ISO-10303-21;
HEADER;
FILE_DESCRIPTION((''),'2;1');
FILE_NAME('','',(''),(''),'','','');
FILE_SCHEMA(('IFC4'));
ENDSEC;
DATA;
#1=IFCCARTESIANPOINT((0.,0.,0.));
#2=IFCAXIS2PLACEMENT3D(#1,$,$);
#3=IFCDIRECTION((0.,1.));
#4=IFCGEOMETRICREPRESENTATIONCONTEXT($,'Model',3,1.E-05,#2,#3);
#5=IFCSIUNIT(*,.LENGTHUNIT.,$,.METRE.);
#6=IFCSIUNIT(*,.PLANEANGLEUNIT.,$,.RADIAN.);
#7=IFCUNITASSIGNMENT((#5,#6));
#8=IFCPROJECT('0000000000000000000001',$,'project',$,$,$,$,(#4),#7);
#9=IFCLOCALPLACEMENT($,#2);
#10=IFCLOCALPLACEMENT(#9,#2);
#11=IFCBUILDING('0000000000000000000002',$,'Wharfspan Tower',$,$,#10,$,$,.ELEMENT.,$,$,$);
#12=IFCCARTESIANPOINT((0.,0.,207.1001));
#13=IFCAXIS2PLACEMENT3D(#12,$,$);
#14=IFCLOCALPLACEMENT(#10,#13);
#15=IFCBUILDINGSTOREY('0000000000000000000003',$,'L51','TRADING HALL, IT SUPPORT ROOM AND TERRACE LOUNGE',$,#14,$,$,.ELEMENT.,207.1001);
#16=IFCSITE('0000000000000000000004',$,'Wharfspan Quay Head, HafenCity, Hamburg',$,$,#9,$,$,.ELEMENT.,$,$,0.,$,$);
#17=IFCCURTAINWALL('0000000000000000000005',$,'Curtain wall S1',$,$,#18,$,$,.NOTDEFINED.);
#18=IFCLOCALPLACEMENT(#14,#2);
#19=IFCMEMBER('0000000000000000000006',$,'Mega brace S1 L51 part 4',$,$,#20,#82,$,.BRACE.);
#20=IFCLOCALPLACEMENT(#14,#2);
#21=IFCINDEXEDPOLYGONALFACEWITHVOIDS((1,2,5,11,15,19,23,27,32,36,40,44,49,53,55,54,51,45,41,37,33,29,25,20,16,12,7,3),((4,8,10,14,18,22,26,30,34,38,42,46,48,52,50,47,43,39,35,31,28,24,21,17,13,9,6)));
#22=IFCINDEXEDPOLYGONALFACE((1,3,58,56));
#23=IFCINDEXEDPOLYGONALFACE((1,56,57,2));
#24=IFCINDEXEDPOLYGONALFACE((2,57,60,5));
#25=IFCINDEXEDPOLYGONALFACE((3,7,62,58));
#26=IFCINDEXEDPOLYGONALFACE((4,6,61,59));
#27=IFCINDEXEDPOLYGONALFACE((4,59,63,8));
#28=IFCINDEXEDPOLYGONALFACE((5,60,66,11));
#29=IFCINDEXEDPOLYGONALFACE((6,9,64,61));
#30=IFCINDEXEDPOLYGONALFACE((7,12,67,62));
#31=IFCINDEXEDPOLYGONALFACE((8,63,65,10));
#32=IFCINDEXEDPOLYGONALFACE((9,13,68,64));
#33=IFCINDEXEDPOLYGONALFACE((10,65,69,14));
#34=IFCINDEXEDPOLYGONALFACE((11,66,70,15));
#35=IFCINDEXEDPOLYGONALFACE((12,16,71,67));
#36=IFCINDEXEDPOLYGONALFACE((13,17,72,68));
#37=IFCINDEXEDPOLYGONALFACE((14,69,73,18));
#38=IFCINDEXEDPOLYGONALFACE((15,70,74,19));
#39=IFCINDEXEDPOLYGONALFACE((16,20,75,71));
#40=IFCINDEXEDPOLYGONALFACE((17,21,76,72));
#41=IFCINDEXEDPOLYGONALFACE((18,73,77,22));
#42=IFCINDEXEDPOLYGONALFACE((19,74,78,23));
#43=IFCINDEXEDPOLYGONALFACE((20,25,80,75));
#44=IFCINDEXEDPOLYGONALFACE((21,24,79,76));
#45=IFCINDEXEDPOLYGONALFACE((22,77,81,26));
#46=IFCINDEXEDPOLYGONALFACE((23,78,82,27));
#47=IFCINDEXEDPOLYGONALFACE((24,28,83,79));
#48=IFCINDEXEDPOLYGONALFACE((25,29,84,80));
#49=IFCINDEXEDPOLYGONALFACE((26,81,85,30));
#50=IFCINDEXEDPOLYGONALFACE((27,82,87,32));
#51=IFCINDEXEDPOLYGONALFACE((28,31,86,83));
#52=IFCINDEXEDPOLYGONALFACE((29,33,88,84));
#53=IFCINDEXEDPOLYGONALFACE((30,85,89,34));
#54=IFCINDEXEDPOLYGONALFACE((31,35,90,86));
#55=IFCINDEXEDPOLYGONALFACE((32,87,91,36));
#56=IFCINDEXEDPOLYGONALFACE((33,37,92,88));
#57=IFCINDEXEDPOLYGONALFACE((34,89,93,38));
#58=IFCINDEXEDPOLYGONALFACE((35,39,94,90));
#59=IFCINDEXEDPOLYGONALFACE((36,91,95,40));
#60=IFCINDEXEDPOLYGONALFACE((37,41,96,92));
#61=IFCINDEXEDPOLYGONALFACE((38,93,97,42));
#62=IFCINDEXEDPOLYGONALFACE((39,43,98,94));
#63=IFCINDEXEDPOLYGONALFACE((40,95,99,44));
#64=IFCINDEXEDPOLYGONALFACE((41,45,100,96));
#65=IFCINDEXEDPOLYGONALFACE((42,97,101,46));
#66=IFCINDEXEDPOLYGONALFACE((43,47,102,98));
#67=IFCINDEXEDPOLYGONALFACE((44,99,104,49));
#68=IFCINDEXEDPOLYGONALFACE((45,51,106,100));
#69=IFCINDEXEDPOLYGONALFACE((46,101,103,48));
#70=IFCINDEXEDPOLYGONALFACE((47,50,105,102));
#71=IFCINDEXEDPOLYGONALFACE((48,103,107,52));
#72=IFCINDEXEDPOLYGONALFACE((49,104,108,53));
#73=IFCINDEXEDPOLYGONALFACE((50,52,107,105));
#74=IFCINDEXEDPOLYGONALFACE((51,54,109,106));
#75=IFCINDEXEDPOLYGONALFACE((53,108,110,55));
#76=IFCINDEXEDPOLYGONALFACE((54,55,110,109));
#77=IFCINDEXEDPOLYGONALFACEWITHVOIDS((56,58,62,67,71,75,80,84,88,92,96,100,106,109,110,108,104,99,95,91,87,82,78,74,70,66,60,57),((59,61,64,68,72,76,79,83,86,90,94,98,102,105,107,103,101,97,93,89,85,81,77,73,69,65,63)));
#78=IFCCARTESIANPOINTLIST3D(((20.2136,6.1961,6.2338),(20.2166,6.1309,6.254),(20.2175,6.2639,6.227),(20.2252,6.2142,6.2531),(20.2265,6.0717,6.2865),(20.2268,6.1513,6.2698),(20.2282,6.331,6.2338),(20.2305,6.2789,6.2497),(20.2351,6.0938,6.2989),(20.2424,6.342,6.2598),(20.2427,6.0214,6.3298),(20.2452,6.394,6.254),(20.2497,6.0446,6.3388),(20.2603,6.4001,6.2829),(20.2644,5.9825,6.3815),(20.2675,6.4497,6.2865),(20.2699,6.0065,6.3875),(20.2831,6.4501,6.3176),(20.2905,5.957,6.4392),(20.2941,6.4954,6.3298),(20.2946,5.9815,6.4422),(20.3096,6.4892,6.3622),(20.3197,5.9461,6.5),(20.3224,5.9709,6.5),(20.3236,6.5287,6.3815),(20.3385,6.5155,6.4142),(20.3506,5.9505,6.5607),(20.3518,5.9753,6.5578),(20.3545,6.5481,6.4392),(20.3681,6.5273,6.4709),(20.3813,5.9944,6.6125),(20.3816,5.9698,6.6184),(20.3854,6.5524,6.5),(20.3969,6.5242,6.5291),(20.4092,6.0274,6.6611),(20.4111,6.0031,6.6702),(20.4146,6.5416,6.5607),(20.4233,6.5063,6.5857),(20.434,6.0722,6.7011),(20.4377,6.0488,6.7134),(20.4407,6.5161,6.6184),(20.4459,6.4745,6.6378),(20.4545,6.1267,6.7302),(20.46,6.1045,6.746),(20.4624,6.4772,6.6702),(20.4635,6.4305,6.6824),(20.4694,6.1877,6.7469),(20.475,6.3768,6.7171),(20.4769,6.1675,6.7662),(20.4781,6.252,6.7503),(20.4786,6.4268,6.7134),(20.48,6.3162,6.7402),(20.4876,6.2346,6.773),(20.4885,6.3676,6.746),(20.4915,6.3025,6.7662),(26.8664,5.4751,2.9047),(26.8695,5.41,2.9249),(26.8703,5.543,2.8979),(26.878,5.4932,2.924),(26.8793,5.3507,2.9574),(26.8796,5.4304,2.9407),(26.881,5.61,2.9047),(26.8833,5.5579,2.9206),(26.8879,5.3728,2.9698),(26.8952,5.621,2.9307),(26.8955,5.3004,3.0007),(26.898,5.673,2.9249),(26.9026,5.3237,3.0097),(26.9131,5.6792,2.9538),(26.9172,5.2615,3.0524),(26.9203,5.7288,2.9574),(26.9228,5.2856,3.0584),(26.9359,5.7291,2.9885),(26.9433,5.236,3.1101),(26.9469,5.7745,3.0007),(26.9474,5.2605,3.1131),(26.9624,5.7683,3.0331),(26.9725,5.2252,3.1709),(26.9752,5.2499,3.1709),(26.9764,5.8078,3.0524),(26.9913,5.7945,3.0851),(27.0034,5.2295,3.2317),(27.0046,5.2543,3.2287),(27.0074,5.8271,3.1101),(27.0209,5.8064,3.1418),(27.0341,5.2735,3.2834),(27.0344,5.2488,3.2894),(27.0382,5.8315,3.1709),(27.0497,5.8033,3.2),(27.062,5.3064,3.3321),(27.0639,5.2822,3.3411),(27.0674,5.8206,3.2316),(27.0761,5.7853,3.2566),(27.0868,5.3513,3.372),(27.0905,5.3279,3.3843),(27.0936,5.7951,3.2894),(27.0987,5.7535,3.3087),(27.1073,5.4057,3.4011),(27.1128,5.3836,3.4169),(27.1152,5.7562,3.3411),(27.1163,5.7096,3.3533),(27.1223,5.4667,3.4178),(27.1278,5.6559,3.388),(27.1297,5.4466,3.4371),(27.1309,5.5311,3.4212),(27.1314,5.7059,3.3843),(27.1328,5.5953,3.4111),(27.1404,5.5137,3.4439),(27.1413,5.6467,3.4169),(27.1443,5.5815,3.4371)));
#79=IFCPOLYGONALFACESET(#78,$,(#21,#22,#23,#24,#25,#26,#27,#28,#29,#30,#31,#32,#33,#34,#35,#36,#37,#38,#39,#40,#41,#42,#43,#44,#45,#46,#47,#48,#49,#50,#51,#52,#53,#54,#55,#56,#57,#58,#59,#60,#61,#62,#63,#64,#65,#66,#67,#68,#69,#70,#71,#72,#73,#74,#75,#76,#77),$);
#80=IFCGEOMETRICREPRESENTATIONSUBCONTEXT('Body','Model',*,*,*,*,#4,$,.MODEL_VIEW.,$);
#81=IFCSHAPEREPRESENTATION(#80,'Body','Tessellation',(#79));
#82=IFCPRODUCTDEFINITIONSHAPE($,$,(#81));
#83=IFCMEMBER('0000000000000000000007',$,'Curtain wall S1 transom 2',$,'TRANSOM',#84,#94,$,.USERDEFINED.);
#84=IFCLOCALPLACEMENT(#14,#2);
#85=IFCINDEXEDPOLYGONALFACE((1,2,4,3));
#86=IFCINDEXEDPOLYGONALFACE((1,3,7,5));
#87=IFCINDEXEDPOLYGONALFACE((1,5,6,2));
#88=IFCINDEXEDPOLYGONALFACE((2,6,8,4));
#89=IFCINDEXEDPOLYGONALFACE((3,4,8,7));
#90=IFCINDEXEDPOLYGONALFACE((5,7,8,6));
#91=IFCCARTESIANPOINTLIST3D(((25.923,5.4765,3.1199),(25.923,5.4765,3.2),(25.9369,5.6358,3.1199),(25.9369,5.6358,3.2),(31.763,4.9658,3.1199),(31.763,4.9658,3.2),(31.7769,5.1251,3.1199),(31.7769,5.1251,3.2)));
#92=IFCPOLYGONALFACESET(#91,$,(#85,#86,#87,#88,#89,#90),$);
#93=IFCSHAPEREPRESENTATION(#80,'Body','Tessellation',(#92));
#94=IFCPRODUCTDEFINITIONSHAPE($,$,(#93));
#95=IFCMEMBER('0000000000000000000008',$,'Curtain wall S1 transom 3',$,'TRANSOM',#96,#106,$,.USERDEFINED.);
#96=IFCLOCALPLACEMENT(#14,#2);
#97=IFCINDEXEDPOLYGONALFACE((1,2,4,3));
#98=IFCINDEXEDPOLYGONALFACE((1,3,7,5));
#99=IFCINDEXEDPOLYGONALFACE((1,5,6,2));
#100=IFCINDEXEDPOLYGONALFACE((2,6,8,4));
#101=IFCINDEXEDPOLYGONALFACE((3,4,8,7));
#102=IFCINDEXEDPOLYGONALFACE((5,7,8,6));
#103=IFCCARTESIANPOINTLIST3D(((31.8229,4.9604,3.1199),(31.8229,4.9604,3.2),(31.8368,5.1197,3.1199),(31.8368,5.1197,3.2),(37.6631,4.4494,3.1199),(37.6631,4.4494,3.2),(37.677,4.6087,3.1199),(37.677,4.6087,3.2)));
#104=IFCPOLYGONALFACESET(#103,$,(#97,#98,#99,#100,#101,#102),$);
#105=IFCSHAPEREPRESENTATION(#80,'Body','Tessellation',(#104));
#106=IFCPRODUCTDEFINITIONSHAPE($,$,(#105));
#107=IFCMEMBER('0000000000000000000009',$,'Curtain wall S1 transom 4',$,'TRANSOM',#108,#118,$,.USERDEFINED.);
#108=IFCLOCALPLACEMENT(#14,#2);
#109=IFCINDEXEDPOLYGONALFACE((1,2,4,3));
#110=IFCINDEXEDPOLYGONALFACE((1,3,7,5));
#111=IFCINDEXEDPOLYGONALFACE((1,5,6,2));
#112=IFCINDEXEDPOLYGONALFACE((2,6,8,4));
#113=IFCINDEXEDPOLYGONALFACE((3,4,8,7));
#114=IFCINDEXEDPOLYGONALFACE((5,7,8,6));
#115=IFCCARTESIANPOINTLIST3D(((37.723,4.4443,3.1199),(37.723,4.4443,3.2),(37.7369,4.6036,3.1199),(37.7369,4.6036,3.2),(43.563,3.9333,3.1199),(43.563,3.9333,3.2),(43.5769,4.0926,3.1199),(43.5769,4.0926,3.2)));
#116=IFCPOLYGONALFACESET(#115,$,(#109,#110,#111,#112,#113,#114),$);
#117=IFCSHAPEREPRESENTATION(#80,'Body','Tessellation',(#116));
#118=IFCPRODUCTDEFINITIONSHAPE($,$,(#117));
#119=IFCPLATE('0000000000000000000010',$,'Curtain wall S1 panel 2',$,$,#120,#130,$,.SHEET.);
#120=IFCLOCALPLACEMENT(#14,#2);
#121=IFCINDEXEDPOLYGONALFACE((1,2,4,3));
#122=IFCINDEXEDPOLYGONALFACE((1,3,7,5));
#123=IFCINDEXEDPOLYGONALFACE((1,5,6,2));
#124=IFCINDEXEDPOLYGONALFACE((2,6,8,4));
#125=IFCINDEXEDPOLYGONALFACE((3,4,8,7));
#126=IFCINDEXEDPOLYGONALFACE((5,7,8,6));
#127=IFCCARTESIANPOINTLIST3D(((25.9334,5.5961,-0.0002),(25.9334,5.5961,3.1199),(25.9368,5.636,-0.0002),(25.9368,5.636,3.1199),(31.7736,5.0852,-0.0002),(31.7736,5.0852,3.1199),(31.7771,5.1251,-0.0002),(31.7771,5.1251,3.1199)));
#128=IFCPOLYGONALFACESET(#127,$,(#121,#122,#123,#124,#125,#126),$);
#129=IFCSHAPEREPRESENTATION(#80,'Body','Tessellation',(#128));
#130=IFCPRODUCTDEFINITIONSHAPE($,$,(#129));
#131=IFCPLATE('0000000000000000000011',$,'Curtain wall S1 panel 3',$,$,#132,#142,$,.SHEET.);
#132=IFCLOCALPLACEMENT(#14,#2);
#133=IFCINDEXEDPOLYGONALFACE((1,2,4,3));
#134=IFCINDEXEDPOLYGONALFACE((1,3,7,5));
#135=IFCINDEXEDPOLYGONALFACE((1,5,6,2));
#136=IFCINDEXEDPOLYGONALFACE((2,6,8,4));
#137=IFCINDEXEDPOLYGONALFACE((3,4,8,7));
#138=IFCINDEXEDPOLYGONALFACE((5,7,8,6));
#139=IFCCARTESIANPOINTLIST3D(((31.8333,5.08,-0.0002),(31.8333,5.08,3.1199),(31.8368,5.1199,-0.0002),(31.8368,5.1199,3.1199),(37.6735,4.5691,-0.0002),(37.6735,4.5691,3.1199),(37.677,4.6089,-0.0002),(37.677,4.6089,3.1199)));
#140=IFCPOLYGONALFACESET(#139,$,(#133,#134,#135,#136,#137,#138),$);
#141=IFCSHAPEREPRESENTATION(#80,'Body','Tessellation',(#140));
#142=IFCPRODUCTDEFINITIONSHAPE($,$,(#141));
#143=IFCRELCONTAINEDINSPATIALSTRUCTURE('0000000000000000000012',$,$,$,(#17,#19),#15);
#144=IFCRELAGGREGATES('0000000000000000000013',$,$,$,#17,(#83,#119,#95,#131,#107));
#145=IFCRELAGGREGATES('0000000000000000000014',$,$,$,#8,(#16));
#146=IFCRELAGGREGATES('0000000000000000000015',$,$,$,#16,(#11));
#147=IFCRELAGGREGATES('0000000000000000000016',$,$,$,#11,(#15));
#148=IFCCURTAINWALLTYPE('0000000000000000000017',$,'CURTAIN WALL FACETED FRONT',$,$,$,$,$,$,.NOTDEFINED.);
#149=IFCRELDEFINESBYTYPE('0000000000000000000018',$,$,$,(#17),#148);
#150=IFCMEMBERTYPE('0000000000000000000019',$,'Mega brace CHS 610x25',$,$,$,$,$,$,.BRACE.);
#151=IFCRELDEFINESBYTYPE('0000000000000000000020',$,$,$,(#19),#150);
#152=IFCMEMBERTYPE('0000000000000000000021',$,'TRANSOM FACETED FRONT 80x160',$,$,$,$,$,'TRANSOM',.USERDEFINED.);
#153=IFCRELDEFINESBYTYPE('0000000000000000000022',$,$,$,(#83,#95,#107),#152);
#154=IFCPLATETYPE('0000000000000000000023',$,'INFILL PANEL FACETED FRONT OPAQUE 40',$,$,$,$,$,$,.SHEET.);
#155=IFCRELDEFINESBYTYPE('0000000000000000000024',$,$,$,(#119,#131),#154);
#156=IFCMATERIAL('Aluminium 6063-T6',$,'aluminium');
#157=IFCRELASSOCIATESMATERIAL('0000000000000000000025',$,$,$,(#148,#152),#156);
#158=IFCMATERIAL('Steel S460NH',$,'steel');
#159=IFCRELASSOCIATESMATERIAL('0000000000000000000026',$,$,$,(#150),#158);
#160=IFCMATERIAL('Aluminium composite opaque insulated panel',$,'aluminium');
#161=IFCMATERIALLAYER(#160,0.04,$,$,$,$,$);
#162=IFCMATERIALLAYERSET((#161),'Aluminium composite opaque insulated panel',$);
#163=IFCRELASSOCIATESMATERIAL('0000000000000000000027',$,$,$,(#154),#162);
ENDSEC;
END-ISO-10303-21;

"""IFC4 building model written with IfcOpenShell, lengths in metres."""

from ifc_helpers import new_model, si_unit, direction, frame, origin, origin_2d, place, context, subcontext, project, spatial, rectangle, hollow_circle, extrude, material, layer, layer_set, material_profile, profile_set, type_object, element, aggregate, save


model = new_model("IFC4")

# Units and contexts
model_context = context("Model", 3, precision=1e-05, world=origin(), true_north=direction((0.0, 1.0)))
body_context = subcontext(model_context, "Body", "Model", "MODEL_VIEW")
ifc_project = project(units=[si_unit("LENGTHUNIT", "METRE"), si_unit("PLANEANGLEUNIT", "RADIAN")], contexts=[model_context])

# Site, building, storey
site_placement = place(None, origin())
site = spatial("IfcSite", under=ifc_project, at=site_placement, Name="Wharfspan Quay Head, HafenCity, Hamburg", CompositionType="ELEMENT", RefElevation=0.0)
building_placement = place(site_placement, origin())
building = spatial("IfcBuilding", under=site, at=building_placement, Name="Wharfspan Tower", CompositionType="ELEMENT")
storey_placement = place(building_placement, frame((0.0, 0.0, 207.1001)))
storey = spatial("IfcBuildingStorey", under=building, at=storey_placement, Name="L51", Description="TRADING HALL, IT SUPPORT ROOM AND TERRACE LOUNGE", CompositionType="ELEMENT", Elevation=207.1001)

# Shared definitions
ifc_material_1 = material(Name="Steel S460NH", Category="steel")

# Curtain wall
ifc_material_2 = material(Name="Aluminium 6063-T6", Category="aluminium")
curtain_wall_type = type_object("IfcCurtainWallType", Name="CURTAIN WALL FACETED FRONT", PredefinedType="NOTDEFINED", material=ifc_material_2)
curtain_wall_placement = place(storey_placement, origin())
curtain_wall = element("IfcCurtainWall", 1, at=curtain_wall_placement, inside=storey, type_object=curtain_wall_type, Name="Curtain wall S1", PredefinedType="NOTDEFINED")

# Member
ifc_material_profile_1 = material_profile(ifc_material_1, hollow_circle(Radius=0.3049, WallThickness=0.0249, at=origin_2d()))
ifc_profile_set_1 = profile_set([ifc_material_profile_1], Name="Steel S460NH")
member_type_1 = type_object("IfcMemberType", Name="Mega brace CHS 610x25", PredefinedType="BRACE", material=ifc_profile_set_1)
for number, where, z_axis, x_axis, name in (
    (2, (27.0054, 5.5283, 3.1709), (-0.890113, 0.096459, 0.445416), (-0.107734, -0.994176, 0.000004), "Mega brace S1 L51 part 4"),
):
    element("IfcMember", number, at=place(storey_placement, frame(where, z_axis=z_axis, x_axis=x_axis)), inside=storey, type_object=member_type_1, Name=name, PredefinedType="BRACE", context=body_context, shape_type="SweptSolid", body=[
        extrude(hollow_circle(Radius=0.3049, WallThickness=0.0249, at=origin_2d()), origin(), (0.0, 0.0, 1.0), 7.4741),
    ])

# Members
ifc_material_profile_2 = material_profile(ifc_material_2, rectangle(XDim=0.1599, YDim=0.0801, at=origin_2d()))
ifc_profile_set_2 = profile_set([ifc_material_profile_2], Name="Aluminium 6063-T6")
member_type_2 = type_object("IfcMemberType", Name="TRANSOM FACETED FRONT 80x160", ElementType="TRANSOM", PredefinedType="USERDEFINED", material=ifc_profile_set_2)
member_1_placement = place(storey_placement, frame((25.9299, 5.5562, 3.1599), z_axis=(0.996198, -0.087122, 0.0), x_axis=(0.087122, 0.996198, 0.0)))
member_1 = element("IfcMember", 3, at=member_1_placement, type_object=member_type_2, Name="Curtain wall S1 transom 2", ObjectType="TRANSOM", PredefinedType="USERDEFINED", context=body_context, shape_type="SweptSolid", body=[
    extrude(rectangle(XDim=0.1599, YDim=0.0801, at=origin_2d()), origin(), (0.0, 0.0, 1.0), 5.8623),
])
member_2_placement = place(storey_placement, frame((31.8298, 5.04, 3.1599), z_axis=(0.996194, -0.08716, 0.0), x_axis=(0.08716, 0.996194, 0.0)))
member_2 = element("IfcMember", 4, at=member_2_placement, type_object=member_type_2, Name="Curtain wall S1 transom 3", ObjectType="TRANSOM", PredefinedType="USERDEFINED", context=body_context, shape_type="SweptSolid", body=[
    extrude(rectangle(XDim=0.1599, YDim=0.0801, at=origin_2d()), origin(), (0.0, 0.0, 1.0), 5.8625),
])
member_3_placement = place(storey_placement, frame((37.73, 4.5239, 3.1599), z_axis=(0.996194, -0.087163, 0.0), x_axis=(0.087163, 0.996194, 0.0)))
member_3 = element("IfcMember", 5, at=member_3_placement, type_object=member_type_2, Name="Curtain wall S1 transom 4", ObjectType="TRANSOM", PredefinedType="USERDEFINED", context=body_context, shape_type="SweptSolid", body=[
    extrude(rectangle(XDim=0.1599, YDim=0.0801, at=origin_2d()), origin(), (0.0, 0.0, 1.0), 5.8623),
])

# Plates
ifc_material_3 = material(Name="Aluminium composite opaque insulated panel", Category="aluminium")
ifc_layer_1 = layer(ifc_material_3, 0.04)
ifc_layer_set_1 = layer_set([ifc_layer_1], Name="Aluminium composite opaque insulated panel")
plate_type = type_object("IfcPlateType", Name="INFILL PANEL FACETED FRONT OPAQUE 40", PredefinedType="SHEET", material=ifc_layer_set_1)
plate_1_placement = place(storey_placement, frame((28.8552, 5.3606, -0.0002), z_axis=(0.0, 0.0, 1.0), x_axis=(0.996197, -0.087156, 0.0)))
plate_1 = element("IfcPlate", 6, at=plate_1_placement, type_object=plate_type, Name="Curtain wall S1 panel 2", PredefinedType="SHEET", context=body_context, shape_type="SweptSolid", body=[
    extrude(rectangle(XDim=5.8625, YDim=0.04, at=origin_2d()), origin(), (0.0, 0.0, 1.0), 3.1201),
])
plate_2_placement = place(storey_placement, frame((34.7551, 4.8445, -0.0002), z_axis=(0.0, 0.0, 1.0), x_axis=(0.996197, -0.087156, 0.0)))
plate_2 = element("IfcPlate", 7, at=plate_2_placement, type_object=plate_type, Name="Curtain wall S1 panel 3", PredefinedType="SHEET", context=body_context, shape_type="SweptSolid", body=[
    extrude(rectangle(XDim=5.8625, YDim=0.04, at=origin_2d()), origin(), (0.0, 0.0, 1.0), 3.1201),
])
aggregate(curtain_wall, [member_1, plate_1, member_2, plate_2, member_3])

save(model, "model.ifc")
